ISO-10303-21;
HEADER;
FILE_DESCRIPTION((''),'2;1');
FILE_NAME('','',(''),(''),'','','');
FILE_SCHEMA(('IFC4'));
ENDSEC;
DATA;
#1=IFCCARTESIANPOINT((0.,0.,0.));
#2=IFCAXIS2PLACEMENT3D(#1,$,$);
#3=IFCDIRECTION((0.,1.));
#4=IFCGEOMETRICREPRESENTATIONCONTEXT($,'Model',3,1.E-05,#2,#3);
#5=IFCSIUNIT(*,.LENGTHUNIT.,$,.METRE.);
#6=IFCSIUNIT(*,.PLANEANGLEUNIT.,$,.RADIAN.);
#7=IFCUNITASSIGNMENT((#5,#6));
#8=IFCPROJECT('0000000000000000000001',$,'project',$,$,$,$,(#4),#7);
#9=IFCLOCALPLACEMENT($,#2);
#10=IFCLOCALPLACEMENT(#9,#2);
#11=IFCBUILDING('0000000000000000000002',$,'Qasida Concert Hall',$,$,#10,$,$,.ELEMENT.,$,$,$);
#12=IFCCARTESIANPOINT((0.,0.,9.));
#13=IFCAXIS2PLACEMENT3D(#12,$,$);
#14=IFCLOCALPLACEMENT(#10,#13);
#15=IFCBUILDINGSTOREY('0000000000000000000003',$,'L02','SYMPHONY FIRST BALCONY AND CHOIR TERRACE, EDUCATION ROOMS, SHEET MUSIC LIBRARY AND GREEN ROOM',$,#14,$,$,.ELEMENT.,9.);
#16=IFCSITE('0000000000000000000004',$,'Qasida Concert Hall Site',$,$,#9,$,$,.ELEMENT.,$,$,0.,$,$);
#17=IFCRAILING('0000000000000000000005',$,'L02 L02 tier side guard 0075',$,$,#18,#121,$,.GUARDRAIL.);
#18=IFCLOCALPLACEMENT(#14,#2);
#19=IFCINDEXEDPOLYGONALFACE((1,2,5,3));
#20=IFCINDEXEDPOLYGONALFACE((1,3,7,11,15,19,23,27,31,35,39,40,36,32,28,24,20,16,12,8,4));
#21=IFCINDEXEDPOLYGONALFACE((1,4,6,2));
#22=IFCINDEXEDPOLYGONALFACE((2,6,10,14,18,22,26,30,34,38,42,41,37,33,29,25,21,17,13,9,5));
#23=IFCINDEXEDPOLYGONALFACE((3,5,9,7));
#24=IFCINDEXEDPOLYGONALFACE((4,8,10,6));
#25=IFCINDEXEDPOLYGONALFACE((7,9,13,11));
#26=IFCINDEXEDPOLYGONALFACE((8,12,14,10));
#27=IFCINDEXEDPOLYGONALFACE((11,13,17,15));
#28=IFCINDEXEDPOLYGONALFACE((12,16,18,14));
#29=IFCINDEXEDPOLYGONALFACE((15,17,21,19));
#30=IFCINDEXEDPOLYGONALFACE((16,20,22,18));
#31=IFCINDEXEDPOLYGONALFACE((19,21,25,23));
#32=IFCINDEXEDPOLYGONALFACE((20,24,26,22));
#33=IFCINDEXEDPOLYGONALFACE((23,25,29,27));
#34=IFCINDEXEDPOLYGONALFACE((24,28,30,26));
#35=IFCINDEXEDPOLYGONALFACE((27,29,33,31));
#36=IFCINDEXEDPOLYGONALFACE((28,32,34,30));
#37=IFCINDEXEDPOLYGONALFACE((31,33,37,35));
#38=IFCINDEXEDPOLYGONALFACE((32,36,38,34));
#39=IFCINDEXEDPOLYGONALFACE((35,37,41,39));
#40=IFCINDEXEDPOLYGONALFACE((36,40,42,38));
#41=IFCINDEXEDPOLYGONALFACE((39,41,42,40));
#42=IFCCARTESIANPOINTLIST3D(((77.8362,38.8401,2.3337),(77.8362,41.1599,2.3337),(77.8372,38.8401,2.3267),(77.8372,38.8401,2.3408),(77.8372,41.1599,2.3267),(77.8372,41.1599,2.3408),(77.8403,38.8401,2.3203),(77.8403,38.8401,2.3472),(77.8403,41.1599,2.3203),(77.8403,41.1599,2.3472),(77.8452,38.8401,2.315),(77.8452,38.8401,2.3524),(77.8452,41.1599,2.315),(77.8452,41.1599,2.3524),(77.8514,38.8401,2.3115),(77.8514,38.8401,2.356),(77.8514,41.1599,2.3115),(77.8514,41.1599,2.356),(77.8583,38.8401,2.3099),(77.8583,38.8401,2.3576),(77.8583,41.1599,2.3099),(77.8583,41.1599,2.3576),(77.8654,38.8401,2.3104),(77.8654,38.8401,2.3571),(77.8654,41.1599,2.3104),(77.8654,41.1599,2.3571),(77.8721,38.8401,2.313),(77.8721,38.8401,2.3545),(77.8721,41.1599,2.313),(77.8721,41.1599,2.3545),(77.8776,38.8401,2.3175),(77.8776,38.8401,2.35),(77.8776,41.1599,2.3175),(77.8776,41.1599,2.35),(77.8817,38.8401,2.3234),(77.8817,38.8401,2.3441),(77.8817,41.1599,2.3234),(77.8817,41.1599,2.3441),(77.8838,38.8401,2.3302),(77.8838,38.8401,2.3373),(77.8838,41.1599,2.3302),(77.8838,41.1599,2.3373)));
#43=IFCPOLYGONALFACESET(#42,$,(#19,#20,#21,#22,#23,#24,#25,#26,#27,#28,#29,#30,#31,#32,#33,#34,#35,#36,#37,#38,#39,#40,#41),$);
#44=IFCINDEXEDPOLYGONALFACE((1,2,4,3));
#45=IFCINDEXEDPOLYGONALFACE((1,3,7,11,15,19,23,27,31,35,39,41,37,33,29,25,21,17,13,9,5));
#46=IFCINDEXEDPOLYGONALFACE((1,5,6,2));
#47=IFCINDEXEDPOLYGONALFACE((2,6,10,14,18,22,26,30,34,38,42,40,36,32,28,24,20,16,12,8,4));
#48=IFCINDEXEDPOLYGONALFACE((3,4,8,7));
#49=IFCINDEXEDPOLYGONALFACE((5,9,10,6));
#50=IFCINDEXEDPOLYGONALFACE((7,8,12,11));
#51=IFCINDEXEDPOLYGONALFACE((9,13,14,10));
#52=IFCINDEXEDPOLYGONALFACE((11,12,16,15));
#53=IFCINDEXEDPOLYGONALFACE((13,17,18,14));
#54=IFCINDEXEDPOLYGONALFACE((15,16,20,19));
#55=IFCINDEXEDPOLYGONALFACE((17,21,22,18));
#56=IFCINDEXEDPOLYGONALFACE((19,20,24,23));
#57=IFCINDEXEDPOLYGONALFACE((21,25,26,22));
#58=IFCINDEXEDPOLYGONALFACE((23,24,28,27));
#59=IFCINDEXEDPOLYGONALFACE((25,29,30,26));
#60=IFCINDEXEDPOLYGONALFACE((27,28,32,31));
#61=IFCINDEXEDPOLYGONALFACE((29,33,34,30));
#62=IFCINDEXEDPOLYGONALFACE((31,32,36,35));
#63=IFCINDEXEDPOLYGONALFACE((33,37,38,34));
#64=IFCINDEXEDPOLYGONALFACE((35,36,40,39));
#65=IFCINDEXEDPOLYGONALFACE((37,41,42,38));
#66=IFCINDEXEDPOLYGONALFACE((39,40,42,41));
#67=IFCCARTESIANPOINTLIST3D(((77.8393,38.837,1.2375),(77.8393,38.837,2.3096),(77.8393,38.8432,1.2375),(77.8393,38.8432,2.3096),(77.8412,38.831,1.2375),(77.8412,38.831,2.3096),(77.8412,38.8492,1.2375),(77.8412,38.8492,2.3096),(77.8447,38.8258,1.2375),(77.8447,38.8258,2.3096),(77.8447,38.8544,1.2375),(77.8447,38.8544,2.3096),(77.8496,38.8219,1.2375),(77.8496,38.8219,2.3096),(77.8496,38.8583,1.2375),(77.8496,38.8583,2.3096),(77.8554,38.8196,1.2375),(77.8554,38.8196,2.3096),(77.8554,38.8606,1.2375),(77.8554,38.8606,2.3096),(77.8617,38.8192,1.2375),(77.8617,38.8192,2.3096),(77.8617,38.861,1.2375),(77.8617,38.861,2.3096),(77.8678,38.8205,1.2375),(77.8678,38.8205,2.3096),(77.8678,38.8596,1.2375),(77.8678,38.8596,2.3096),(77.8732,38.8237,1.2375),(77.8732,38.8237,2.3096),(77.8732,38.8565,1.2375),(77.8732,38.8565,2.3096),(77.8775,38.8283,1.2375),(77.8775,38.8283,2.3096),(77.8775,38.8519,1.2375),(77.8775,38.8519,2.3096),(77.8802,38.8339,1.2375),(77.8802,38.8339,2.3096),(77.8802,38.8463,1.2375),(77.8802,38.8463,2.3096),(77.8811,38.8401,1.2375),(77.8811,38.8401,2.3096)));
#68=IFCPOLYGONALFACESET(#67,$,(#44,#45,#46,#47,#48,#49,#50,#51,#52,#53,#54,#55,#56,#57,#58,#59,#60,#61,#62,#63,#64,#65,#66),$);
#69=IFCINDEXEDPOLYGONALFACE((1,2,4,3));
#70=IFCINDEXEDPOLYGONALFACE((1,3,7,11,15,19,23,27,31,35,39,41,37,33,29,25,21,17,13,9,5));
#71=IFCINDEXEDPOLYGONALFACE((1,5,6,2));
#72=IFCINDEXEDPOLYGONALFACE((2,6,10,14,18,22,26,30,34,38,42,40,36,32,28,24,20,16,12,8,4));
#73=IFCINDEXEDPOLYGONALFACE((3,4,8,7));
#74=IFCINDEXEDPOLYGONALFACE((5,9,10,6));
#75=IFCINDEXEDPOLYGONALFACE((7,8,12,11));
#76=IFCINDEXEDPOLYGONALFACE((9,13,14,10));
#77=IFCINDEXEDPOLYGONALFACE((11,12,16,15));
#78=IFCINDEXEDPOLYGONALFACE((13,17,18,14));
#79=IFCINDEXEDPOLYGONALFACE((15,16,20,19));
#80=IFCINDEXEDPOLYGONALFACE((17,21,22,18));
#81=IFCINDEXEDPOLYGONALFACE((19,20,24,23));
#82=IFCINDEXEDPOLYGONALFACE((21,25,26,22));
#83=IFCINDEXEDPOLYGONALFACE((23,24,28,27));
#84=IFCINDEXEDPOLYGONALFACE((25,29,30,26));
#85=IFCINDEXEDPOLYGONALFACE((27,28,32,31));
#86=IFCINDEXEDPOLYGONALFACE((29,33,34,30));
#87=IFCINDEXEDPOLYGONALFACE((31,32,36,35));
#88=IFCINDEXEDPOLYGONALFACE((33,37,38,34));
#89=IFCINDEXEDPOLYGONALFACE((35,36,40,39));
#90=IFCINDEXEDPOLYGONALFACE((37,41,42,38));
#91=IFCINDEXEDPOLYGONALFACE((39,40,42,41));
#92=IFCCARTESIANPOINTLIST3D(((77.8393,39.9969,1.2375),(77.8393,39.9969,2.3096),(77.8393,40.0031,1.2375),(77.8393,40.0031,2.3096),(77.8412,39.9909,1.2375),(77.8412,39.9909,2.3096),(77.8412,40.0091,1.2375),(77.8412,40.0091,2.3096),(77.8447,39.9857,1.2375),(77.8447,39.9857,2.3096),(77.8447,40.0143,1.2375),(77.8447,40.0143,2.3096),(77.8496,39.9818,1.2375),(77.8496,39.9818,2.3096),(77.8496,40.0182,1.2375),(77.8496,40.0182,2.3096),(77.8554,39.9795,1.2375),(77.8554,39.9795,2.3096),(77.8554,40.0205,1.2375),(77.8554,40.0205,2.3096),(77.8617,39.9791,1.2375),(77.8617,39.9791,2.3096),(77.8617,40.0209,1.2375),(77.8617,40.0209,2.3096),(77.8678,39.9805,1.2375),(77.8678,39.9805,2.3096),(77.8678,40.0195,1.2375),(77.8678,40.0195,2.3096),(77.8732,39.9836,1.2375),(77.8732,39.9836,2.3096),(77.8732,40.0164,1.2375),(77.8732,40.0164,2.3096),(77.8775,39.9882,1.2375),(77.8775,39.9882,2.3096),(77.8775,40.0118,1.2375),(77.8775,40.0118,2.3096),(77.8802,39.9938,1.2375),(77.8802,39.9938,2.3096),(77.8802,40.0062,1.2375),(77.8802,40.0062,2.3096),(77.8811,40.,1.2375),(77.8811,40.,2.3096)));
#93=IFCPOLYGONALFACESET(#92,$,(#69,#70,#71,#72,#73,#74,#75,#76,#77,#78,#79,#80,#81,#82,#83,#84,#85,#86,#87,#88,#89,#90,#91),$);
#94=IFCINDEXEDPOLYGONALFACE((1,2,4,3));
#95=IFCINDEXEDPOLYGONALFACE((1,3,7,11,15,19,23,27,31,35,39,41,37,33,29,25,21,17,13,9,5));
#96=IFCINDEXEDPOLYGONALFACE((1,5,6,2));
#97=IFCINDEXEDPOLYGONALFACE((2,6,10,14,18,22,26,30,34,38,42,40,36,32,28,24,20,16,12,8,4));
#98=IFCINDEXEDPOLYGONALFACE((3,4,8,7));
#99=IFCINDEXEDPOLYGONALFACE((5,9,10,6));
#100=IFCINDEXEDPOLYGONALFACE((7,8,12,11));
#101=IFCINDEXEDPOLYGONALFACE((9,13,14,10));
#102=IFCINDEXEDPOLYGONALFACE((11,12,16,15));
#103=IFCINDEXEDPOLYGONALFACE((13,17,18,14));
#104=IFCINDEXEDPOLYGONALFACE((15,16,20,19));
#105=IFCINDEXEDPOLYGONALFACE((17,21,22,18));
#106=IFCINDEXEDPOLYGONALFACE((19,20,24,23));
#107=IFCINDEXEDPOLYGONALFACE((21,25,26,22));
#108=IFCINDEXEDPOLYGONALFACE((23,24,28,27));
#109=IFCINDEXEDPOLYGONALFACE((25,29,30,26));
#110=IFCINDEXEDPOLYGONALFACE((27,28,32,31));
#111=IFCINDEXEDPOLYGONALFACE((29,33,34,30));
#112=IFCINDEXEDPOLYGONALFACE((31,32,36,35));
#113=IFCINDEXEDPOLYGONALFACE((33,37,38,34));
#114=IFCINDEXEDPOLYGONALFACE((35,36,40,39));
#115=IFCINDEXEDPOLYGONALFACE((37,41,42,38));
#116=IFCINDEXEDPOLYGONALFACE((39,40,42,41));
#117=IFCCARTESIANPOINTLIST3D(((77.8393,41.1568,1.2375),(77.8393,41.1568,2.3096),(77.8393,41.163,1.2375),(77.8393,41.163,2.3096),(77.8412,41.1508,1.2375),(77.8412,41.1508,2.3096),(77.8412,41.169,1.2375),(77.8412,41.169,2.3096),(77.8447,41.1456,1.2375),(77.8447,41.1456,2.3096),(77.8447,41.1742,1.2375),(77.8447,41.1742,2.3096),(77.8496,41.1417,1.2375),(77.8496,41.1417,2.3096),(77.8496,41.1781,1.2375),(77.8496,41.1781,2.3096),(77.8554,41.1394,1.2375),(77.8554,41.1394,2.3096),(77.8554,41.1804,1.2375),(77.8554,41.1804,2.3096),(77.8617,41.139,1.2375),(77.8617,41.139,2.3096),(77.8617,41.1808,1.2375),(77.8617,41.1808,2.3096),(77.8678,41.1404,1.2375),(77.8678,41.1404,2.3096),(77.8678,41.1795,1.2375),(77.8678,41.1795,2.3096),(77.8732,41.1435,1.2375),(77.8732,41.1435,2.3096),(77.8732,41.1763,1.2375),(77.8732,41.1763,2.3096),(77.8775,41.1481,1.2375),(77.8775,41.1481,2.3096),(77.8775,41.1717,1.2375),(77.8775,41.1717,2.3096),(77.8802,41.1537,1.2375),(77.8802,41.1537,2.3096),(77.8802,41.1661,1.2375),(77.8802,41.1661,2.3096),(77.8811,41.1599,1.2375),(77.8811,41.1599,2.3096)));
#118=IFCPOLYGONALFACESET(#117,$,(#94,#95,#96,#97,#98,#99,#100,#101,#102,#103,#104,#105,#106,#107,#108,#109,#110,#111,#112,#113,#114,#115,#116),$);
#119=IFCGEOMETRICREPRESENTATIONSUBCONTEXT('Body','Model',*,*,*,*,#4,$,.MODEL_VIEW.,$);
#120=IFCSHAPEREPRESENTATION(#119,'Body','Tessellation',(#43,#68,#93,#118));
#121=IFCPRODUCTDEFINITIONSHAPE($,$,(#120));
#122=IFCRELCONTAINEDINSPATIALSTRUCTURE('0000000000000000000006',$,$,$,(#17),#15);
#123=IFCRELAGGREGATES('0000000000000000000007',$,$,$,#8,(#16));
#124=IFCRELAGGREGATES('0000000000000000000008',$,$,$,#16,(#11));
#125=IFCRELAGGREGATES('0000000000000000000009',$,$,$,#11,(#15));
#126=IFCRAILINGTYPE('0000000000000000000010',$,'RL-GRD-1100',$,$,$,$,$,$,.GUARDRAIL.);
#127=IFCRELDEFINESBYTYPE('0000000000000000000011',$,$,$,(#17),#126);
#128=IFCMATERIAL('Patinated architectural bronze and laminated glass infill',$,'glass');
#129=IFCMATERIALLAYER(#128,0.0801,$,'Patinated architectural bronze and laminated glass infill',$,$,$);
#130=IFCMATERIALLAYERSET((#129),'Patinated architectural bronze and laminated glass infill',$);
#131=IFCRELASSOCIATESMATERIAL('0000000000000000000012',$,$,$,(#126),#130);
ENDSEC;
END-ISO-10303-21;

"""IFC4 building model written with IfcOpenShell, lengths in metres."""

from ifc_helpers import new_model, si_unit, direction, frame, origin, origin_2d, place, context, subcontext, project, spatial, circle, extrude, material, layer, layer_set, type_object, element, save


model = new_model("IFC4")

# Units and contexts
model_context = context("Model", 3, precision=1e-05, world=origin(), true_north=direction((0.0, 1.0)))
body_context = subcontext(model_context, "Body", "Model", "MODEL_VIEW")
ifc_project = project(units=[si_unit("LENGTHUNIT", "METRE"), si_unit("PLANEANGLEUNIT", "RADIAN")], contexts=[model_context])

# Site, building, storey
site_placement = place(None, origin())
site = spatial("IfcSite", under=ifc_project, at=site_placement, Name="Qasida Concert Hall Site", CompositionType="ELEMENT", RefElevation=0.0)
building_placement = place(site_placement, origin())
building = spatial("IfcBuilding", under=site, at=building_placement, Name="Qasida Concert Hall", CompositionType="ELEMENT")
storey_placement = place(building_placement, frame((0.0, 0.0, 9.0)))
storey = spatial("IfcBuildingStorey", under=building, at=storey_placement, Name="L02", Description="SYMPHONY FIRST BALCONY AND CHOIR TERRACE, EDUCATION ROOMS, SHEET MUSIC LIBRARY AND GREEN ROOM", CompositionType="ELEMENT", Elevation=9.0)

# Railing
ifc_material_1 = material(Name="Patinated architectural bronze and laminated glass infill", Category="glass")
ifc_layer_1 = layer(ifc_material_1, 0.0801, Name="Patinated architectural bronze and laminated glass infill")
ifc_layer_set_1 = layer_set([ifc_layer_1], Name="Patinated architectural bronze and laminated glass infill")
railing_type_1 = type_object("IfcRailingType", Name="RL-GRD-1100", PredefinedType="GUARDRAIL", material=ifc_layer_set_1)
for number, where, name in (
    (1, (77.8601, 38.8401, 1.2375), "L02 L02 tier side guard 0075"),
):
    element("IfcRailing", number, at=place(storey_placement, frame(where)), inside=storey, type_object=railing_type_1, Name=name, PredefinedType="GUARDRAIL", context=body_context, shape_type="SweptSolid", body=[
        extrude(circle(Radius=0.0239, at=origin_2d()), frame((0.0, 0.0, 1.0962), z_axis=(0.0, 1.0, 0.0), x_axis=(-1.0, 0.0, 0.0)), (0.0, 0.0, 1.0), 2.3198),
        extrude(circle(Radius=0.021, at=origin_2d()), origin(), (0.0, 0.0, 1.0), 1.072),
        extrude(circle(Radius=0.021, at=origin_2d()), frame((0.0, 1.1599, 0.0)), (0.0, 0.0, 1.0), 1.072),
        extrude(circle(Radius=0.021, at=origin_2d()), frame((0.0, 2.3198, 0.0)), (0.0, 0.0, 1.0), 1.072),
    ])

save(model, "model.ifc")
